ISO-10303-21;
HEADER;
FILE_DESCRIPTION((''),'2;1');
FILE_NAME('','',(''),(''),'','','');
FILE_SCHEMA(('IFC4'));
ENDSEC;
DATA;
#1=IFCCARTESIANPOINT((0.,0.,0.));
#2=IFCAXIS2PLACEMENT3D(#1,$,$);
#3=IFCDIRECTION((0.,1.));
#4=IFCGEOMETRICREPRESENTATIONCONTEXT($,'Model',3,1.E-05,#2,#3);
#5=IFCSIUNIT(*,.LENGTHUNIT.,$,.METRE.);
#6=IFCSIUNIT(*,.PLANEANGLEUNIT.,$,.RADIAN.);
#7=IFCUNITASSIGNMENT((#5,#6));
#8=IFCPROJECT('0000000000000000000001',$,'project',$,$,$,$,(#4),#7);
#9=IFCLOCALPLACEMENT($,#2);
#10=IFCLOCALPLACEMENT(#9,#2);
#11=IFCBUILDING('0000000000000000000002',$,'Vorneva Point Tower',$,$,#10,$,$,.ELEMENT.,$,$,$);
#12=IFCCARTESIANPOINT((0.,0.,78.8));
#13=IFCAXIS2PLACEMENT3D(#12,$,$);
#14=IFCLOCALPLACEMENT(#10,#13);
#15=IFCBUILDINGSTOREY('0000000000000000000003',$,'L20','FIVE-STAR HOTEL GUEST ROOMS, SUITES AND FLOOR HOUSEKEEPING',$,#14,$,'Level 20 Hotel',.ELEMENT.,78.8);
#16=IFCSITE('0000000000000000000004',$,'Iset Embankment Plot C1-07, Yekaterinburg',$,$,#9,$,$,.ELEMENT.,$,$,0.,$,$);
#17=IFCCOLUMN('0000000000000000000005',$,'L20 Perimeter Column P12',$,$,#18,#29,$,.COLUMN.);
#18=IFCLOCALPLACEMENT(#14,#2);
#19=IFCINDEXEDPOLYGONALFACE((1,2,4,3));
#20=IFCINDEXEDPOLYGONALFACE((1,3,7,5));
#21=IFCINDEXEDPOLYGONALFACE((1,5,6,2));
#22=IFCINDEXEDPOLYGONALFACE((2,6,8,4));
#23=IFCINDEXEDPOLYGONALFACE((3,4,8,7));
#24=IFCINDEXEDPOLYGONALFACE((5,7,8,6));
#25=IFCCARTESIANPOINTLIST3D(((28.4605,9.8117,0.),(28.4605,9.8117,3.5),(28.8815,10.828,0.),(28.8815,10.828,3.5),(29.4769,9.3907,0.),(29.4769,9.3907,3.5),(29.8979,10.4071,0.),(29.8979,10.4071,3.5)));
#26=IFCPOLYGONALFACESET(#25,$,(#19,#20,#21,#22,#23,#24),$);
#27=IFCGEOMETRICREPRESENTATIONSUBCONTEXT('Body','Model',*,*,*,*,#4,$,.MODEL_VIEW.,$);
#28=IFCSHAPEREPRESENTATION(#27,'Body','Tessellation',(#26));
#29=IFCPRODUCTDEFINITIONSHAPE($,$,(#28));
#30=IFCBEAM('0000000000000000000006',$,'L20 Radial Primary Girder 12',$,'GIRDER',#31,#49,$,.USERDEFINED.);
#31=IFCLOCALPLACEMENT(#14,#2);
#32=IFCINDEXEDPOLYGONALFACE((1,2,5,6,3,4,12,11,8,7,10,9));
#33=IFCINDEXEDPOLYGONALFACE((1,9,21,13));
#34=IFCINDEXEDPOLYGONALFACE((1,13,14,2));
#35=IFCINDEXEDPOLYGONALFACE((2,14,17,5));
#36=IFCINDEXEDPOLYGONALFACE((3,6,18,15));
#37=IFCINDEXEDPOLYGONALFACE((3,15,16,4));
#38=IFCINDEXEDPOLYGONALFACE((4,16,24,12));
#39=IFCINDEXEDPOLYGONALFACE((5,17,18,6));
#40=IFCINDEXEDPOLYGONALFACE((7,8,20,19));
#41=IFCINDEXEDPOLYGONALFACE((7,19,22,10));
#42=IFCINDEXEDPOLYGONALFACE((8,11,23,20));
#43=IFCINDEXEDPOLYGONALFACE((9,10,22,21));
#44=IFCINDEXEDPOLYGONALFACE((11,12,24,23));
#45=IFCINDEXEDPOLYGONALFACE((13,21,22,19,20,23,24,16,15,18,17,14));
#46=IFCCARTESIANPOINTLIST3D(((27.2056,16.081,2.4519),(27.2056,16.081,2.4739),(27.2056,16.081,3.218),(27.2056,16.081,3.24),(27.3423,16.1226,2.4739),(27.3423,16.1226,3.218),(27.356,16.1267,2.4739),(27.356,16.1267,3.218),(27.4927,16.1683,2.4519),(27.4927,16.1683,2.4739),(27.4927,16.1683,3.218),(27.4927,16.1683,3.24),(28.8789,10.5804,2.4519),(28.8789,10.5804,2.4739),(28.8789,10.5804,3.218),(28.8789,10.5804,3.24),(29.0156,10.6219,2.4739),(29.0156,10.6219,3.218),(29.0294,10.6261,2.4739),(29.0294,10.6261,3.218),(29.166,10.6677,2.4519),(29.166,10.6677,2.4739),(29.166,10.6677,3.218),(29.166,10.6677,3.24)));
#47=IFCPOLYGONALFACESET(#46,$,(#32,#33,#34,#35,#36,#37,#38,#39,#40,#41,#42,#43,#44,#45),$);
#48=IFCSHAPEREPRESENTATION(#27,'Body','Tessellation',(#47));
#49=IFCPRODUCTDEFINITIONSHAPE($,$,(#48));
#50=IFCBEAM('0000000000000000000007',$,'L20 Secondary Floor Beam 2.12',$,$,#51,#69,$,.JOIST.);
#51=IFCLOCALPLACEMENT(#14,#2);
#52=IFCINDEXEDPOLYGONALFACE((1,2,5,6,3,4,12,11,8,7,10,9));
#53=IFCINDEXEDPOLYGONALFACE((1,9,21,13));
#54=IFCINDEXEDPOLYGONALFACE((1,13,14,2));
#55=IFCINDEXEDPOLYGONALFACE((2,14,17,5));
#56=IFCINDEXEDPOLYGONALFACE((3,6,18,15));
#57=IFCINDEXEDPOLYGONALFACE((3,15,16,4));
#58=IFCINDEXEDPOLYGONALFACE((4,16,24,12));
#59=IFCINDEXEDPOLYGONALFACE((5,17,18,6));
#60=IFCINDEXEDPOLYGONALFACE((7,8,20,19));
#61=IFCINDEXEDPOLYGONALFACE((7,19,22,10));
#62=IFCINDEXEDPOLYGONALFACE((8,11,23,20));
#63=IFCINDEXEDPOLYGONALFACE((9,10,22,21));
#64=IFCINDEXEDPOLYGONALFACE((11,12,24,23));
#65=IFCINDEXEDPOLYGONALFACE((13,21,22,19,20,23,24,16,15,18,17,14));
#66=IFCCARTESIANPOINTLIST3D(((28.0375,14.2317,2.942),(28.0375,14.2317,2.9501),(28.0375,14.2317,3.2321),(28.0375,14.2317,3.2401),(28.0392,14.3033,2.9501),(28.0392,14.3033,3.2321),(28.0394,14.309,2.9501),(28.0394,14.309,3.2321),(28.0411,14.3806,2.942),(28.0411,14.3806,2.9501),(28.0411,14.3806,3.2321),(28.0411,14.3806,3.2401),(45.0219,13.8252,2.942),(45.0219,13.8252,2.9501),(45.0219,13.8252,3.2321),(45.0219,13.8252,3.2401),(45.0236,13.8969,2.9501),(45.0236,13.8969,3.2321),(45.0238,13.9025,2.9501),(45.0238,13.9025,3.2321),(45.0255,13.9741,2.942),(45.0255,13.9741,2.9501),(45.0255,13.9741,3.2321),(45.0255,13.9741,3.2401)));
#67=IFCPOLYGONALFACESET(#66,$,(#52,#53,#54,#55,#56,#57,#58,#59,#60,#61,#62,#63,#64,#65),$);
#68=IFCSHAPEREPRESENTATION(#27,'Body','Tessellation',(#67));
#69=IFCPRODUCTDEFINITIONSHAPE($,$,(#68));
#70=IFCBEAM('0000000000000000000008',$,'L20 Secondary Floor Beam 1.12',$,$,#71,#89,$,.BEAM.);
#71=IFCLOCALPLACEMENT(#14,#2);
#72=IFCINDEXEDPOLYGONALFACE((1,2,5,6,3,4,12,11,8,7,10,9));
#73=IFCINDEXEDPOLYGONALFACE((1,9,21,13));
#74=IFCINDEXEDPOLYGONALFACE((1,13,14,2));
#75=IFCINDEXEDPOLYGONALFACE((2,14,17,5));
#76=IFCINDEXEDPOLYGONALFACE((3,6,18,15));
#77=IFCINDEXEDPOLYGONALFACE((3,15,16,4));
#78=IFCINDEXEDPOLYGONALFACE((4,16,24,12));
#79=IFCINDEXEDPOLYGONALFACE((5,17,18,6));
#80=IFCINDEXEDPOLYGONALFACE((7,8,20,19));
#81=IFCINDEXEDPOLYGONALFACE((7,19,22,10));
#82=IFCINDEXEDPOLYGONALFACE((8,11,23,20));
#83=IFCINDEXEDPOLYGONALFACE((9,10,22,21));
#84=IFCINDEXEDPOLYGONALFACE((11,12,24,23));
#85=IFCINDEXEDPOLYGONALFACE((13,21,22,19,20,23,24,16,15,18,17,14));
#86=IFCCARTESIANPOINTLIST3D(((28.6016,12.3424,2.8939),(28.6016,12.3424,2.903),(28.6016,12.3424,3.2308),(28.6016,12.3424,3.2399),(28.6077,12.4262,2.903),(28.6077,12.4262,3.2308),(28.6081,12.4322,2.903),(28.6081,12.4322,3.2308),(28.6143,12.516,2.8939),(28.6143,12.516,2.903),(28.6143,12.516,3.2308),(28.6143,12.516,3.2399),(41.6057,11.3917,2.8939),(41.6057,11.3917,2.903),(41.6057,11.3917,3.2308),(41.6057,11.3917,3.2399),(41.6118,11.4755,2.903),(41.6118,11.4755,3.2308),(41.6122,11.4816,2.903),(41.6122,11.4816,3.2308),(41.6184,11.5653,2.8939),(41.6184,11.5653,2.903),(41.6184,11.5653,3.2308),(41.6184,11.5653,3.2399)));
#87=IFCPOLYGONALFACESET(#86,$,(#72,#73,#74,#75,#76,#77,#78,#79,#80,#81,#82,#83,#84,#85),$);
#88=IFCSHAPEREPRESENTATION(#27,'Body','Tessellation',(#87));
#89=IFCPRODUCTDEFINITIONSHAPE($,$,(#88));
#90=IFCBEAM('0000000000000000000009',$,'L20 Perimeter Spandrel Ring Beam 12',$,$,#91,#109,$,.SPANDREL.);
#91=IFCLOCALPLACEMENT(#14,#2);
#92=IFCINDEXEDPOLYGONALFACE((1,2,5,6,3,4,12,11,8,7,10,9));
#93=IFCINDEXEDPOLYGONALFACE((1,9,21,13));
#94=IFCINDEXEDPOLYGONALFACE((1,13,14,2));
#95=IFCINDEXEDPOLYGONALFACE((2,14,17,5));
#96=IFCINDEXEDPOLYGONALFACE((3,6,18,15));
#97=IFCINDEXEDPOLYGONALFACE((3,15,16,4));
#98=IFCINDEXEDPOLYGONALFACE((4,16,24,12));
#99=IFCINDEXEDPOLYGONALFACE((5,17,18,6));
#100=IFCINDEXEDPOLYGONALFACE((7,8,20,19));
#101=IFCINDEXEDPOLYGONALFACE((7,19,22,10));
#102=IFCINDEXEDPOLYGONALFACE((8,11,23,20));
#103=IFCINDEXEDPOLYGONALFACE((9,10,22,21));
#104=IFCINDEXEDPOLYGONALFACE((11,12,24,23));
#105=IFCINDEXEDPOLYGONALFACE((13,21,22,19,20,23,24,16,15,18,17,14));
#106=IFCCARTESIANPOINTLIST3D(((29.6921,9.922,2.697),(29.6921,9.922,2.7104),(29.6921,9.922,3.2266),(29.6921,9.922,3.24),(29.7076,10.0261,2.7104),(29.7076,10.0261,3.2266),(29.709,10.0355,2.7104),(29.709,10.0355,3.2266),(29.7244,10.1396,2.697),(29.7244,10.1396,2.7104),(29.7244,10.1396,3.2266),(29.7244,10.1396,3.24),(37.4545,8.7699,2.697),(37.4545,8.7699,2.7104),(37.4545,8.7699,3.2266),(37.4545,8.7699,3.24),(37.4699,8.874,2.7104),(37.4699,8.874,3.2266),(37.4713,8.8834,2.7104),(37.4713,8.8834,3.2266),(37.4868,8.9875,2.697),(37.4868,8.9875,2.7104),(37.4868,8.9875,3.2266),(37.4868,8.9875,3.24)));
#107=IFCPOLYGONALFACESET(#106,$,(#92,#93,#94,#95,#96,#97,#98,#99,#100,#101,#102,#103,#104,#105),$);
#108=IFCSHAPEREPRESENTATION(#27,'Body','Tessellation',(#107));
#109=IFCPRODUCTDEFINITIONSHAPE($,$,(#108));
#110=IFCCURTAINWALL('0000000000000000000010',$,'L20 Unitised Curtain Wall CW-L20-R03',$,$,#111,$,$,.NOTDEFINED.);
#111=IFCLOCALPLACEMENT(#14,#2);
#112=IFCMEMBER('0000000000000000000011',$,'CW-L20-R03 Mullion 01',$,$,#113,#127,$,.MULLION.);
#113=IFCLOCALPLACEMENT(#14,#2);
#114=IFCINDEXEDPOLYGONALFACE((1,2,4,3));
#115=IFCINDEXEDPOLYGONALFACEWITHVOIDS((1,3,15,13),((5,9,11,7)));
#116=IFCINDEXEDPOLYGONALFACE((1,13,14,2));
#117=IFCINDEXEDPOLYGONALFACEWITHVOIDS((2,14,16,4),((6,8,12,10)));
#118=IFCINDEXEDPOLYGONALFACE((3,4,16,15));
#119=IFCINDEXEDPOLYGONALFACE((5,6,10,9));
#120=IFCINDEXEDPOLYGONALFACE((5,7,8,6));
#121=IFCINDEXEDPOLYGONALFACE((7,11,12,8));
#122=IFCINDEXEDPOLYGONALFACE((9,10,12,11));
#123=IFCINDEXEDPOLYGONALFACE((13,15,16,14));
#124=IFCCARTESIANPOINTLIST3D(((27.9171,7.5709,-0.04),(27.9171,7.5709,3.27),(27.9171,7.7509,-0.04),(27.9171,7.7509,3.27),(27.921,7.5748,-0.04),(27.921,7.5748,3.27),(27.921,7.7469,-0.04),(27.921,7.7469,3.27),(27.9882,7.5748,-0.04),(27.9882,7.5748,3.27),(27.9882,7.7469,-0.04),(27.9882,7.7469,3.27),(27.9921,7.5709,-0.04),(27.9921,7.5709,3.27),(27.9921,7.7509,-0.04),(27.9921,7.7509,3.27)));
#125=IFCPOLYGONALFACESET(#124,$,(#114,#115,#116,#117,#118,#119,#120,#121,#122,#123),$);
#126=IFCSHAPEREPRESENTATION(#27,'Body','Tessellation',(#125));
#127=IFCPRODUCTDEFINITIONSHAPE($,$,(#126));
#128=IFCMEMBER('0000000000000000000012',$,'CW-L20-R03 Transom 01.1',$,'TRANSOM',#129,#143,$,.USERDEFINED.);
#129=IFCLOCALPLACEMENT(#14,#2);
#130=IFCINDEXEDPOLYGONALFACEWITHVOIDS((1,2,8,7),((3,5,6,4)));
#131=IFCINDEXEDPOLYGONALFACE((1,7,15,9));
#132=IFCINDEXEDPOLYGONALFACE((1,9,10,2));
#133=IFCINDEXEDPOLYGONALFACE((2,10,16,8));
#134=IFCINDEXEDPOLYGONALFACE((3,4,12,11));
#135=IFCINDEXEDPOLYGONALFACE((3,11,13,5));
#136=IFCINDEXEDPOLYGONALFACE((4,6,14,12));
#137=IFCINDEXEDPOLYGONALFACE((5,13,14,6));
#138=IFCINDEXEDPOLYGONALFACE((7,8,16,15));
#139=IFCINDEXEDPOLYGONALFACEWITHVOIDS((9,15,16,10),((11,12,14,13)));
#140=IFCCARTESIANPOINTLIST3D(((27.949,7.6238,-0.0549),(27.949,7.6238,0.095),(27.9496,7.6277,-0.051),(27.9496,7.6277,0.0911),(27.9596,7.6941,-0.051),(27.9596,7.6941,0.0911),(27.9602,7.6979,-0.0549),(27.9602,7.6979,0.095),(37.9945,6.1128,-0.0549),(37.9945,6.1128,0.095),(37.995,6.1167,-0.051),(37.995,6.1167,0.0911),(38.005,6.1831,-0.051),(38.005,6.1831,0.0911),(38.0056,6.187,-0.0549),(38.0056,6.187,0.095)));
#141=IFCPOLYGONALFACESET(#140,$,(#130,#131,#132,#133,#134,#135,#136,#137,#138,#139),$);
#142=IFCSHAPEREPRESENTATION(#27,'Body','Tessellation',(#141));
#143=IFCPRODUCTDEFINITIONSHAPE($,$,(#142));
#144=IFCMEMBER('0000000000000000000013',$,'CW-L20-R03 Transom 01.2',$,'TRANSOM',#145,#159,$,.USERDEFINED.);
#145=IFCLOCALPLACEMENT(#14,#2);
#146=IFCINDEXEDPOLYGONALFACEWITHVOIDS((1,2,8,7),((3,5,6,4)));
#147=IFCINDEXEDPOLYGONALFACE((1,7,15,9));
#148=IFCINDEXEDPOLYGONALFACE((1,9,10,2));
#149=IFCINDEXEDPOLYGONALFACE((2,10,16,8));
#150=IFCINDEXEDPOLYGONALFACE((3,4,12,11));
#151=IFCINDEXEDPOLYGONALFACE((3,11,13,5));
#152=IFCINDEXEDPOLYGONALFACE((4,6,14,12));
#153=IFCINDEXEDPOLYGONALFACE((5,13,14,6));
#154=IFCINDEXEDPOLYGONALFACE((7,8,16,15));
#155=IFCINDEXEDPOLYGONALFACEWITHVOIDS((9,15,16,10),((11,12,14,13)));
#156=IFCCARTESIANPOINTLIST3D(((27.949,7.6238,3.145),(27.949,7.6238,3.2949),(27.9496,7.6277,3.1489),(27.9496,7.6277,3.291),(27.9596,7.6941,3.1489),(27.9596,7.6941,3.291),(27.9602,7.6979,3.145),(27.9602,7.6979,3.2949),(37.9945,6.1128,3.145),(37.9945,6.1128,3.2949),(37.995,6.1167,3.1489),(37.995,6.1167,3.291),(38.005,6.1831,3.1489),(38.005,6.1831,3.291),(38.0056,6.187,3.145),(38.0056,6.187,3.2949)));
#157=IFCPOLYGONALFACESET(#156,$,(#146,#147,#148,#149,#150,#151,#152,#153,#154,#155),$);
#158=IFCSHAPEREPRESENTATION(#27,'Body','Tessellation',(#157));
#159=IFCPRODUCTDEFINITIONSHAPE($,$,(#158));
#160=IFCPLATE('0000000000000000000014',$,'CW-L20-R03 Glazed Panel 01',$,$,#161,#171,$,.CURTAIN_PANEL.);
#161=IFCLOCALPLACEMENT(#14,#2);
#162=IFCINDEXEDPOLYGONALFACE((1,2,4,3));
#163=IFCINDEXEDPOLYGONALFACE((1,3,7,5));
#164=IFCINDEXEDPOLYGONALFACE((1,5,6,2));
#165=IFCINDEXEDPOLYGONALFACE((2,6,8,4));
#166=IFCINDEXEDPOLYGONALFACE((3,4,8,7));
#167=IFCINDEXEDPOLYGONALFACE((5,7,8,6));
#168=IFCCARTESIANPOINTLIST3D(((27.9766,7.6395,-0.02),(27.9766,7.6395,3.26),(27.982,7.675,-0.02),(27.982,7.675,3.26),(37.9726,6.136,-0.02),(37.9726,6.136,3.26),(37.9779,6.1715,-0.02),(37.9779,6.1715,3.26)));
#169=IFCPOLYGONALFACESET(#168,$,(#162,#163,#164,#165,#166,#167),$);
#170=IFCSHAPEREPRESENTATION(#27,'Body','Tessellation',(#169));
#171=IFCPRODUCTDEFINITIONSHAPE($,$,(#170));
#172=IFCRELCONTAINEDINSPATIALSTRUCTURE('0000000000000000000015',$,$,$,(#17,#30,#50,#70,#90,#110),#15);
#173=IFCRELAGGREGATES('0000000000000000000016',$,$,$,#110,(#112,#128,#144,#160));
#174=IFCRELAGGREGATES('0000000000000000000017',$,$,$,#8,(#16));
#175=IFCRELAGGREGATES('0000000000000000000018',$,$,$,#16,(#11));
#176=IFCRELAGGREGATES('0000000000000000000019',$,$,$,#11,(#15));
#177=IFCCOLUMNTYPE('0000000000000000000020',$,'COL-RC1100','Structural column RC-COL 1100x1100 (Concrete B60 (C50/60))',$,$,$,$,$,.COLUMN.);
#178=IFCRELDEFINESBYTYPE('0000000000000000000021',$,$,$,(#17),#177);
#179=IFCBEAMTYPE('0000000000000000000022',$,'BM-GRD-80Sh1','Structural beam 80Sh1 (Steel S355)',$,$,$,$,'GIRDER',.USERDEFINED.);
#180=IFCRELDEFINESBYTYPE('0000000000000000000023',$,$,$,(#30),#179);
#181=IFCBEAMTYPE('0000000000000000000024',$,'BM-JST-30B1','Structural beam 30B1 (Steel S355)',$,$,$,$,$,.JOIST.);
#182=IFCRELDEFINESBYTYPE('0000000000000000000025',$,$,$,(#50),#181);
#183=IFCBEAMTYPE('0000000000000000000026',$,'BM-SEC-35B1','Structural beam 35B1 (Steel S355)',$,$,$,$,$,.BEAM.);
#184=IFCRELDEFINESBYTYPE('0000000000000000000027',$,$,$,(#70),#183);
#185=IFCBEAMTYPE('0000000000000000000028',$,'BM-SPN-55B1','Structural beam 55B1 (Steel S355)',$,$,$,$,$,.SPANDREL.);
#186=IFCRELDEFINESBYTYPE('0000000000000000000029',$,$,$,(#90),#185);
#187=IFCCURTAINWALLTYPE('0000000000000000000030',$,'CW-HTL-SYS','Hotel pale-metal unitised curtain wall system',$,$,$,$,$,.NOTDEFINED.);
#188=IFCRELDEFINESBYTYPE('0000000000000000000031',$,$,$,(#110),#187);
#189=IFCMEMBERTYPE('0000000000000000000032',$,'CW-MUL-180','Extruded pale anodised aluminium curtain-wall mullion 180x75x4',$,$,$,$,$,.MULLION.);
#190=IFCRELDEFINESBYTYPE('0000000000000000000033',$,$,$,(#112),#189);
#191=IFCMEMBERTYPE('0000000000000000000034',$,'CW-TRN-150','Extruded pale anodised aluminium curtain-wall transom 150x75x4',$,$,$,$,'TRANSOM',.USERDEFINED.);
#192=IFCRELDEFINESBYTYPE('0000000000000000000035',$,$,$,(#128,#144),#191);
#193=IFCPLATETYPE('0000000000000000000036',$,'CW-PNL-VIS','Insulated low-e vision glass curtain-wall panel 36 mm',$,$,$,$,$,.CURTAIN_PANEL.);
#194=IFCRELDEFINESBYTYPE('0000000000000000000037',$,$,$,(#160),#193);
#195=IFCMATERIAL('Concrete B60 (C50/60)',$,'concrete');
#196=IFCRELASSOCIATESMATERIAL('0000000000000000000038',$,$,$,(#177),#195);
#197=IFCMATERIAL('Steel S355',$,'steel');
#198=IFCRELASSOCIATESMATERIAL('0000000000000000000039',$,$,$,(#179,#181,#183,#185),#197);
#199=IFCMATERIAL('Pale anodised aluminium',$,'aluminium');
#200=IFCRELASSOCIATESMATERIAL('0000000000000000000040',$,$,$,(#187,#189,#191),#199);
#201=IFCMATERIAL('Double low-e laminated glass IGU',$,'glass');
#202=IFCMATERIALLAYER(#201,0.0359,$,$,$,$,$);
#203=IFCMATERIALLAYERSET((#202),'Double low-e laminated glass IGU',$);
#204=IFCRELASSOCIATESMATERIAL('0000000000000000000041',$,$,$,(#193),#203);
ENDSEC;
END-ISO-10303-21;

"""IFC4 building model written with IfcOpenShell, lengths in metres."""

from ifc_helpers import new_model, si_unit, direction, frame, origin, origin_2d, place, context, subcontext, project, spatial, rectangle, hollow_rectangle, i_section, extrude, material, layer, layer_set, material_profile, profile_set, type_object, element, aggregate, save


model = new_model("IFC4")

# Units and contexts
model_context = context("Model", 3, precision=1e-05, world=origin(), true_north=direction((0.0, 1.0)))
body_context = subcontext(model_context, "Body", "Model", "MODEL_VIEW")
ifc_project = project(units=[si_unit("LENGTHUNIT", "METRE"), si_unit("PLANEANGLEUNIT", "RADIAN")], contexts=[model_context])

# Site, building, storey
site_placement = place(None, origin())
site = spatial("IfcSite", under=ifc_project, at=site_placement, Name="Iset Embankment Plot C1-07, Yekaterinburg", CompositionType="ELEMENT", RefElevation=0.0)
building_placement = place(site_placement, origin())
building = spatial("IfcBuilding", under=site, at=building_placement, Name="Vorneva Point Tower", CompositionType="ELEMENT")
storey_placement = place(building_placement, frame((0.0, 0.0, 78.8)))
storey = spatial("IfcBuildingStorey", under=building, at=storey_placement, Name="L20", Description="FIVE-STAR HOTEL GUEST ROOMS, SUITES AND FLOOR HOUSEKEEPING", LongName="Level 20 Hotel", CompositionType="ELEMENT", Elevation=78.8)

# Column
ifc_material_1 = material(Name="Concrete B60 (C50/60)", Category="concrete")
ifc_material_profile_1 = material_profile(ifc_material_1, rectangle(XDim=1.1001, YDim=1.1001, at=origin_2d()), Name="RC-COL 1100x1100")
ifc_profile_set_1 = profile_set([ifc_material_profile_1], Name="Concrete B60 (C50/60)")
column_type = type_object("IfcColumnType", Name="COL-RC1100", Description="Structural column RC-COL 1100x1100 (Concrete B60 (C50/60))", PredefinedType="COLUMN", material=ifc_profile_set_1)
column_placement = place(storey_placement, frame((29.1792, 10.1094, 0.0), z_axis=(0.0, 0.0, 1.0), x_axis=(-0.382683, -0.92388, 0.0)))
element("IfcColumn", 1, at=column_placement, inside=storey, type_object=column_type, Name="L20 Perimeter Column P12", PredefinedType="COLUMN", context=body_context, shape_type="SweptSolid", body=[
    extrude(rectangle(XDim=1.1001, YDim=1.1001, at=origin_2d()), origin(), (0.0, 0.0, 1.0), 3.5),
])

# Beams
ifc_material_2 = material(Name="Steel S355", Category="steel")
ifc_material_profile_2 = material_profile(ifc_material_2, i_section(OverallWidth=0.3, OverallDepth=0.7881, WebThickness=0.0144, FlangeThickness=0.022, at=origin_2d()), Name="80Sh1")
ifc_profile_set_2 = profile_set([ifc_material_profile_2], Name="Steel S355")
beam_type_1 = type_object("IfcBeamType", Name="BM-GRD-80Sh1", Description="Structural beam 80Sh1 (Steel S355)", ElementType="GIRDER", PredefinedType="USERDEFINED", material=ifc_profile_set_2)
beam_1_placement = place(storey_placement, frame((29.0225, 10.624, 2.8459), z_axis=(-0.291035, 0.956712, 0.0), x_axis=(-0.956712, -0.291035, 0.0)))
element("IfcBeam", 2, at=beam_1_placement, inside=storey, type_object=beam_type_1, Name="L20 Radial Primary Girder 12", ObjectType="GIRDER", PredefinedType="USERDEFINED", context=body_context, shape_type="SweptSolid", body=[
    extrude(i_section(OverallWidth=0.3, OverallDepth=0.7881, WebThickness=0.0144, FlangeThickness=0.022, at=origin_2d()), origin(), (0.0, 0.0, 1.0), 5.7495),
])
ifc_material_profile_3 = material_profile(ifc_material_2, i_section(OverallWidth=0.1489, OverallDepth=0.2981, WebThickness=0.0056, FlangeThickness=0.0081, at=origin_2d()), Name="30B1")
ifc_profile_set_3 = profile_set([ifc_material_profile_3], Name="Steel S355")
beam_type_2 = type_object("IfcBeamType", Name="BM-JST-30B1", Description="Structural beam 30B1 (Steel S355)", PredefinedType="JOIST", material=ifc_profile_set_3)
beam_2_placement = place(storey_placement, frame((28.0393, 14.3062, 3.0911), z_axis=(0.999714, -0.023927, 0.0), x_axis=(0.023927, 0.999714, 0.0)))
element("IfcBeam", 3, at=beam_2_placement, inside=storey, type_object=beam_type_2, Name="L20 Secondary Floor Beam 2.12", PredefinedType="JOIST", context=body_context, shape_type="SweptSolid", body=[
    extrude(i_section(OverallWidth=0.1489, OverallDepth=0.2981, WebThickness=0.0056, FlangeThickness=0.0081, at=origin_2d()), origin(), (0.0, 0.0, 1.0), 16.9893),
])
ifc_material_profile_4 = material_profile(ifc_material_2, i_section(OverallWidth=0.1741, OverallDepth=0.3459, WebThickness=0.0061, FlangeThickness=0.009, at=origin_2d()), Name="35B1")
ifc_profile_set_4 = profile_set([ifc_material_profile_4], Name="Steel S355")
beam_type_3 = type_object("IfcBeamType", Name="BM-SEC-35B1", Description="Structural beam 35B1 (Steel S355)", PredefinedType="BEAM", material=ifc_profile_set_4)
beam_3_placement = place(storey_placement, frame((28.6079, 12.4292, 3.0669), z_axis=(0.997338, -0.072912, 0.0), x_axis=(0.072912, 0.997338, 0.0)))
element("IfcBeam", 4, at=beam_3_placement, inside=storey, type_object=beam_type_3, Name="L20 Secondary Floor Beam 1.12", PredefinedType="BEAM", context=body_context, shape_type="SweptSolid", body=[
    extrude(i_section(OverallWidth=0.1741, OverallDepth=0.3459, WebThickness=0.0061, FlangeThickness=0.009, at=origin_2d()), origin(), (0.0, 0.0, 1.0), 13.0388),
])
ifc_material_profile_5 = material_profile(ifc_material_2, i_section(OverallWidth=0.22, OverallDepth=0.543, WebThickness=0.0095, FlangeThickness=0.0134, at=origin_2d()), Name="55B1")
ifc_profile_set_5 = profile_set([ifc_material_profile_5], Name="Steel S355")
beam_type_4 = type_object("IfcBeamType", Name="BM-SPN-55B1", Description="Structural beam 55B1 (Steel S355)", PredefinedType="SPANDREL", material=ifc_profile_set_5)
beam_4_placement = place(storey_placement, frame((29.7083, 10.0308, 2.9685), z_axis=(0.989165, -0.146811, 0.0), x_axis=(0.146811, 0.989165, 0.0)))
element("IfcBeam", 5, at=beam_4_placement, inside=storey, type_object=beam_type_4, Name="L20 Perimeter Spandrel Ring Beam 12", PredefinedType="SPANDREL", context=body_context, shape_type="SweptSolid", body=[
    extrude(i_section(OverallWidth=0.22, OverallDepth=0.543, WebThickness=0.0095, FlangeThickness=0.0134, at=origin_2d()), origin(), (0.0, 0.0, 1.0), 7.8474),
])

# Curtain wall, members, plate
ifc_material_3 = material(Name="Pale anodised aluminium", Category="aluminium")
curtain_wall_type = type_object("IfcCurtainWallType", Name="CW-HTL-SYS", Description="Hotel pale-metal unitised curtain wall system", PredefinedType="NOTDEFINED", material=ifc_material_3)
curtain_wall_placement = place(storey_placement, origin())
curtain_wall = element("IfcCurtainWall", 6, at=curtain_wall_placement, inside=storey, type_object=curtain_wall_type, Name="L20 Unitised Curtain Wall CW-L20-R03", PredefinedType="NOTDEFINED")
ifc_material_profile_6 = material_profile(ifc_material_3, hollow_rectangle(XDim=0.075, YDim=0.1799, WallThickness=0.0039, at=origin_2d()), Name="AL-MUL 180x75x4")
ifc_profile_set_6 = profile_set([ifc_material_profile_6], Name="Pale anodised aluminium")
member_type_1 = type_object("IfcMemberType", Name="CW-MUL-180", Description="Extruded pale anodised aluminium curtain-wall mullion 180x75x4", PredefinedType="MULLION", material=ifc_profile_set_6)
member_1_placement = place(storey_placement, frame((27.9546, 7.6609, -0.04), z_axis=(0.0, 0.0, 1.0), x_axis=(1.0, 0.0, 0.0)))
member_1 = element("IfcMember", 7, at=member_1_placement, type_object=member_type_1, Name="CW-L20-R03 Mullion 01", PredefinedType="MULLION", context=body_context, shape_type="SweptSolid", body=[
    extrude(hollow_rectangle(XDim=0.075, YDim=0.1799, WallThickness=0.0039, at=origin_2d()), origin(), (0.0, 0.0, 1.0), 3.3101),
])
ifc_material_profile_7 = material_profile(ifc_material_3, hollow_rectangle(XDim=0.075, YDim=0.1499, WallThickness=0.0039, at=origin_2d()), Name="AL-TRN 150x75x4")
ifc_profile_set_7 = profile_set([ifc_material_profile_7], Name="Pale anodised aluminium")
member_type_2 = type_object("IfcMemberType", Name="CW-TRN-150", Description="Extruded pale anodised aluminium curtain-wall transom 150x75x4", ElementType="TRANSOM", PredefinedType="USERDEFINED", material=ifc_profile_set_7)
member_2_placement = place(storey_placement, frame((27.9546, 7.6609, 0.02), z_axis=(0.988876, -0.148742, 0.0), x_axis=(0.148742, 0.988876, 0.0)))
member_2 = element("IfcMember", 8, at=member_2_placement, type_object=member_type_2, Name="CW-L20-R03 Transom 01.1", ObjectType="TRANSOM", PredefinedType="USERDEFINED", context=body_context, shape_type="SweptSolid", body=[
    extrude(hollow_rectangle(XDim=0.075, YDim=0.1499, WallThickness=0.0039, at=origin_2d()), origin(), (0.0, 0.0, 1.0), 10.1584),
])
member_3_placement = place(storey_placement, frame((27.9546, 7.6609, 3.22), z_axis=(0.988876, -0.148742, 0.0), x_axis=(0.148742, 0.988876, 0.0)))
member_3 = element("IfcMember", 9, at=member_3_placement, type_object=member_type_2, Name="CW-L20-R03 Transom 01.2", ObjectType="TRANSOM", PredefinedType="USERDEFINED", context=body_context, shape_type="SweptSolid", body=[
    extrude(hollow_rectangle(XDim=0.075, YDim=0.1499, WallThickness=0.0039, at=origin_2d()), origin(), (0.0, 0.0, 1.0), 10.1584),
])
ifc_material_4 = material(Name="Double low-e laminated glass IGU", Category="glass")
ifc_layer_1 = layer(ifc_material_4, 0.0359)
ifc_layer_set_1 = layer_set([ifc_layer_1], Name="Double low-e laminated glass IGU")
plate_type = type_object("IfcPlateType", Name="CW-PNL-VIS", Description="Insulated low-e vision glass curtain-wall panel 36 mm", PredefinedType="CURTAIN_PANEL", material=ifc_layer_set_1)
plate_placement = place(storey_placement, frame((32.9773, 6.9055, -0.02), z_axis=(0.0, 0.0, 1.0), x_axis=(0.988876, -0.148741, 0.0)))
plate = element("IfcPlate", 10, at=plate_placement, type_object=plate_type, Name="CW-L20-R03 Glazed Panel 01", PredefinedType="CURTAIN_PANEL", context=body_context, shape_type="SweptSolid", body=[
    extrude(rectangle(XDim=10.1084, YDim=0.0359, at=origin_2d()), origin(), (0.0, 0.0, 1.0), 3.28),
])
aggregate(curtain_wall, [member_1, member_2, member_3, plate])

save(model, "model.ifc")
